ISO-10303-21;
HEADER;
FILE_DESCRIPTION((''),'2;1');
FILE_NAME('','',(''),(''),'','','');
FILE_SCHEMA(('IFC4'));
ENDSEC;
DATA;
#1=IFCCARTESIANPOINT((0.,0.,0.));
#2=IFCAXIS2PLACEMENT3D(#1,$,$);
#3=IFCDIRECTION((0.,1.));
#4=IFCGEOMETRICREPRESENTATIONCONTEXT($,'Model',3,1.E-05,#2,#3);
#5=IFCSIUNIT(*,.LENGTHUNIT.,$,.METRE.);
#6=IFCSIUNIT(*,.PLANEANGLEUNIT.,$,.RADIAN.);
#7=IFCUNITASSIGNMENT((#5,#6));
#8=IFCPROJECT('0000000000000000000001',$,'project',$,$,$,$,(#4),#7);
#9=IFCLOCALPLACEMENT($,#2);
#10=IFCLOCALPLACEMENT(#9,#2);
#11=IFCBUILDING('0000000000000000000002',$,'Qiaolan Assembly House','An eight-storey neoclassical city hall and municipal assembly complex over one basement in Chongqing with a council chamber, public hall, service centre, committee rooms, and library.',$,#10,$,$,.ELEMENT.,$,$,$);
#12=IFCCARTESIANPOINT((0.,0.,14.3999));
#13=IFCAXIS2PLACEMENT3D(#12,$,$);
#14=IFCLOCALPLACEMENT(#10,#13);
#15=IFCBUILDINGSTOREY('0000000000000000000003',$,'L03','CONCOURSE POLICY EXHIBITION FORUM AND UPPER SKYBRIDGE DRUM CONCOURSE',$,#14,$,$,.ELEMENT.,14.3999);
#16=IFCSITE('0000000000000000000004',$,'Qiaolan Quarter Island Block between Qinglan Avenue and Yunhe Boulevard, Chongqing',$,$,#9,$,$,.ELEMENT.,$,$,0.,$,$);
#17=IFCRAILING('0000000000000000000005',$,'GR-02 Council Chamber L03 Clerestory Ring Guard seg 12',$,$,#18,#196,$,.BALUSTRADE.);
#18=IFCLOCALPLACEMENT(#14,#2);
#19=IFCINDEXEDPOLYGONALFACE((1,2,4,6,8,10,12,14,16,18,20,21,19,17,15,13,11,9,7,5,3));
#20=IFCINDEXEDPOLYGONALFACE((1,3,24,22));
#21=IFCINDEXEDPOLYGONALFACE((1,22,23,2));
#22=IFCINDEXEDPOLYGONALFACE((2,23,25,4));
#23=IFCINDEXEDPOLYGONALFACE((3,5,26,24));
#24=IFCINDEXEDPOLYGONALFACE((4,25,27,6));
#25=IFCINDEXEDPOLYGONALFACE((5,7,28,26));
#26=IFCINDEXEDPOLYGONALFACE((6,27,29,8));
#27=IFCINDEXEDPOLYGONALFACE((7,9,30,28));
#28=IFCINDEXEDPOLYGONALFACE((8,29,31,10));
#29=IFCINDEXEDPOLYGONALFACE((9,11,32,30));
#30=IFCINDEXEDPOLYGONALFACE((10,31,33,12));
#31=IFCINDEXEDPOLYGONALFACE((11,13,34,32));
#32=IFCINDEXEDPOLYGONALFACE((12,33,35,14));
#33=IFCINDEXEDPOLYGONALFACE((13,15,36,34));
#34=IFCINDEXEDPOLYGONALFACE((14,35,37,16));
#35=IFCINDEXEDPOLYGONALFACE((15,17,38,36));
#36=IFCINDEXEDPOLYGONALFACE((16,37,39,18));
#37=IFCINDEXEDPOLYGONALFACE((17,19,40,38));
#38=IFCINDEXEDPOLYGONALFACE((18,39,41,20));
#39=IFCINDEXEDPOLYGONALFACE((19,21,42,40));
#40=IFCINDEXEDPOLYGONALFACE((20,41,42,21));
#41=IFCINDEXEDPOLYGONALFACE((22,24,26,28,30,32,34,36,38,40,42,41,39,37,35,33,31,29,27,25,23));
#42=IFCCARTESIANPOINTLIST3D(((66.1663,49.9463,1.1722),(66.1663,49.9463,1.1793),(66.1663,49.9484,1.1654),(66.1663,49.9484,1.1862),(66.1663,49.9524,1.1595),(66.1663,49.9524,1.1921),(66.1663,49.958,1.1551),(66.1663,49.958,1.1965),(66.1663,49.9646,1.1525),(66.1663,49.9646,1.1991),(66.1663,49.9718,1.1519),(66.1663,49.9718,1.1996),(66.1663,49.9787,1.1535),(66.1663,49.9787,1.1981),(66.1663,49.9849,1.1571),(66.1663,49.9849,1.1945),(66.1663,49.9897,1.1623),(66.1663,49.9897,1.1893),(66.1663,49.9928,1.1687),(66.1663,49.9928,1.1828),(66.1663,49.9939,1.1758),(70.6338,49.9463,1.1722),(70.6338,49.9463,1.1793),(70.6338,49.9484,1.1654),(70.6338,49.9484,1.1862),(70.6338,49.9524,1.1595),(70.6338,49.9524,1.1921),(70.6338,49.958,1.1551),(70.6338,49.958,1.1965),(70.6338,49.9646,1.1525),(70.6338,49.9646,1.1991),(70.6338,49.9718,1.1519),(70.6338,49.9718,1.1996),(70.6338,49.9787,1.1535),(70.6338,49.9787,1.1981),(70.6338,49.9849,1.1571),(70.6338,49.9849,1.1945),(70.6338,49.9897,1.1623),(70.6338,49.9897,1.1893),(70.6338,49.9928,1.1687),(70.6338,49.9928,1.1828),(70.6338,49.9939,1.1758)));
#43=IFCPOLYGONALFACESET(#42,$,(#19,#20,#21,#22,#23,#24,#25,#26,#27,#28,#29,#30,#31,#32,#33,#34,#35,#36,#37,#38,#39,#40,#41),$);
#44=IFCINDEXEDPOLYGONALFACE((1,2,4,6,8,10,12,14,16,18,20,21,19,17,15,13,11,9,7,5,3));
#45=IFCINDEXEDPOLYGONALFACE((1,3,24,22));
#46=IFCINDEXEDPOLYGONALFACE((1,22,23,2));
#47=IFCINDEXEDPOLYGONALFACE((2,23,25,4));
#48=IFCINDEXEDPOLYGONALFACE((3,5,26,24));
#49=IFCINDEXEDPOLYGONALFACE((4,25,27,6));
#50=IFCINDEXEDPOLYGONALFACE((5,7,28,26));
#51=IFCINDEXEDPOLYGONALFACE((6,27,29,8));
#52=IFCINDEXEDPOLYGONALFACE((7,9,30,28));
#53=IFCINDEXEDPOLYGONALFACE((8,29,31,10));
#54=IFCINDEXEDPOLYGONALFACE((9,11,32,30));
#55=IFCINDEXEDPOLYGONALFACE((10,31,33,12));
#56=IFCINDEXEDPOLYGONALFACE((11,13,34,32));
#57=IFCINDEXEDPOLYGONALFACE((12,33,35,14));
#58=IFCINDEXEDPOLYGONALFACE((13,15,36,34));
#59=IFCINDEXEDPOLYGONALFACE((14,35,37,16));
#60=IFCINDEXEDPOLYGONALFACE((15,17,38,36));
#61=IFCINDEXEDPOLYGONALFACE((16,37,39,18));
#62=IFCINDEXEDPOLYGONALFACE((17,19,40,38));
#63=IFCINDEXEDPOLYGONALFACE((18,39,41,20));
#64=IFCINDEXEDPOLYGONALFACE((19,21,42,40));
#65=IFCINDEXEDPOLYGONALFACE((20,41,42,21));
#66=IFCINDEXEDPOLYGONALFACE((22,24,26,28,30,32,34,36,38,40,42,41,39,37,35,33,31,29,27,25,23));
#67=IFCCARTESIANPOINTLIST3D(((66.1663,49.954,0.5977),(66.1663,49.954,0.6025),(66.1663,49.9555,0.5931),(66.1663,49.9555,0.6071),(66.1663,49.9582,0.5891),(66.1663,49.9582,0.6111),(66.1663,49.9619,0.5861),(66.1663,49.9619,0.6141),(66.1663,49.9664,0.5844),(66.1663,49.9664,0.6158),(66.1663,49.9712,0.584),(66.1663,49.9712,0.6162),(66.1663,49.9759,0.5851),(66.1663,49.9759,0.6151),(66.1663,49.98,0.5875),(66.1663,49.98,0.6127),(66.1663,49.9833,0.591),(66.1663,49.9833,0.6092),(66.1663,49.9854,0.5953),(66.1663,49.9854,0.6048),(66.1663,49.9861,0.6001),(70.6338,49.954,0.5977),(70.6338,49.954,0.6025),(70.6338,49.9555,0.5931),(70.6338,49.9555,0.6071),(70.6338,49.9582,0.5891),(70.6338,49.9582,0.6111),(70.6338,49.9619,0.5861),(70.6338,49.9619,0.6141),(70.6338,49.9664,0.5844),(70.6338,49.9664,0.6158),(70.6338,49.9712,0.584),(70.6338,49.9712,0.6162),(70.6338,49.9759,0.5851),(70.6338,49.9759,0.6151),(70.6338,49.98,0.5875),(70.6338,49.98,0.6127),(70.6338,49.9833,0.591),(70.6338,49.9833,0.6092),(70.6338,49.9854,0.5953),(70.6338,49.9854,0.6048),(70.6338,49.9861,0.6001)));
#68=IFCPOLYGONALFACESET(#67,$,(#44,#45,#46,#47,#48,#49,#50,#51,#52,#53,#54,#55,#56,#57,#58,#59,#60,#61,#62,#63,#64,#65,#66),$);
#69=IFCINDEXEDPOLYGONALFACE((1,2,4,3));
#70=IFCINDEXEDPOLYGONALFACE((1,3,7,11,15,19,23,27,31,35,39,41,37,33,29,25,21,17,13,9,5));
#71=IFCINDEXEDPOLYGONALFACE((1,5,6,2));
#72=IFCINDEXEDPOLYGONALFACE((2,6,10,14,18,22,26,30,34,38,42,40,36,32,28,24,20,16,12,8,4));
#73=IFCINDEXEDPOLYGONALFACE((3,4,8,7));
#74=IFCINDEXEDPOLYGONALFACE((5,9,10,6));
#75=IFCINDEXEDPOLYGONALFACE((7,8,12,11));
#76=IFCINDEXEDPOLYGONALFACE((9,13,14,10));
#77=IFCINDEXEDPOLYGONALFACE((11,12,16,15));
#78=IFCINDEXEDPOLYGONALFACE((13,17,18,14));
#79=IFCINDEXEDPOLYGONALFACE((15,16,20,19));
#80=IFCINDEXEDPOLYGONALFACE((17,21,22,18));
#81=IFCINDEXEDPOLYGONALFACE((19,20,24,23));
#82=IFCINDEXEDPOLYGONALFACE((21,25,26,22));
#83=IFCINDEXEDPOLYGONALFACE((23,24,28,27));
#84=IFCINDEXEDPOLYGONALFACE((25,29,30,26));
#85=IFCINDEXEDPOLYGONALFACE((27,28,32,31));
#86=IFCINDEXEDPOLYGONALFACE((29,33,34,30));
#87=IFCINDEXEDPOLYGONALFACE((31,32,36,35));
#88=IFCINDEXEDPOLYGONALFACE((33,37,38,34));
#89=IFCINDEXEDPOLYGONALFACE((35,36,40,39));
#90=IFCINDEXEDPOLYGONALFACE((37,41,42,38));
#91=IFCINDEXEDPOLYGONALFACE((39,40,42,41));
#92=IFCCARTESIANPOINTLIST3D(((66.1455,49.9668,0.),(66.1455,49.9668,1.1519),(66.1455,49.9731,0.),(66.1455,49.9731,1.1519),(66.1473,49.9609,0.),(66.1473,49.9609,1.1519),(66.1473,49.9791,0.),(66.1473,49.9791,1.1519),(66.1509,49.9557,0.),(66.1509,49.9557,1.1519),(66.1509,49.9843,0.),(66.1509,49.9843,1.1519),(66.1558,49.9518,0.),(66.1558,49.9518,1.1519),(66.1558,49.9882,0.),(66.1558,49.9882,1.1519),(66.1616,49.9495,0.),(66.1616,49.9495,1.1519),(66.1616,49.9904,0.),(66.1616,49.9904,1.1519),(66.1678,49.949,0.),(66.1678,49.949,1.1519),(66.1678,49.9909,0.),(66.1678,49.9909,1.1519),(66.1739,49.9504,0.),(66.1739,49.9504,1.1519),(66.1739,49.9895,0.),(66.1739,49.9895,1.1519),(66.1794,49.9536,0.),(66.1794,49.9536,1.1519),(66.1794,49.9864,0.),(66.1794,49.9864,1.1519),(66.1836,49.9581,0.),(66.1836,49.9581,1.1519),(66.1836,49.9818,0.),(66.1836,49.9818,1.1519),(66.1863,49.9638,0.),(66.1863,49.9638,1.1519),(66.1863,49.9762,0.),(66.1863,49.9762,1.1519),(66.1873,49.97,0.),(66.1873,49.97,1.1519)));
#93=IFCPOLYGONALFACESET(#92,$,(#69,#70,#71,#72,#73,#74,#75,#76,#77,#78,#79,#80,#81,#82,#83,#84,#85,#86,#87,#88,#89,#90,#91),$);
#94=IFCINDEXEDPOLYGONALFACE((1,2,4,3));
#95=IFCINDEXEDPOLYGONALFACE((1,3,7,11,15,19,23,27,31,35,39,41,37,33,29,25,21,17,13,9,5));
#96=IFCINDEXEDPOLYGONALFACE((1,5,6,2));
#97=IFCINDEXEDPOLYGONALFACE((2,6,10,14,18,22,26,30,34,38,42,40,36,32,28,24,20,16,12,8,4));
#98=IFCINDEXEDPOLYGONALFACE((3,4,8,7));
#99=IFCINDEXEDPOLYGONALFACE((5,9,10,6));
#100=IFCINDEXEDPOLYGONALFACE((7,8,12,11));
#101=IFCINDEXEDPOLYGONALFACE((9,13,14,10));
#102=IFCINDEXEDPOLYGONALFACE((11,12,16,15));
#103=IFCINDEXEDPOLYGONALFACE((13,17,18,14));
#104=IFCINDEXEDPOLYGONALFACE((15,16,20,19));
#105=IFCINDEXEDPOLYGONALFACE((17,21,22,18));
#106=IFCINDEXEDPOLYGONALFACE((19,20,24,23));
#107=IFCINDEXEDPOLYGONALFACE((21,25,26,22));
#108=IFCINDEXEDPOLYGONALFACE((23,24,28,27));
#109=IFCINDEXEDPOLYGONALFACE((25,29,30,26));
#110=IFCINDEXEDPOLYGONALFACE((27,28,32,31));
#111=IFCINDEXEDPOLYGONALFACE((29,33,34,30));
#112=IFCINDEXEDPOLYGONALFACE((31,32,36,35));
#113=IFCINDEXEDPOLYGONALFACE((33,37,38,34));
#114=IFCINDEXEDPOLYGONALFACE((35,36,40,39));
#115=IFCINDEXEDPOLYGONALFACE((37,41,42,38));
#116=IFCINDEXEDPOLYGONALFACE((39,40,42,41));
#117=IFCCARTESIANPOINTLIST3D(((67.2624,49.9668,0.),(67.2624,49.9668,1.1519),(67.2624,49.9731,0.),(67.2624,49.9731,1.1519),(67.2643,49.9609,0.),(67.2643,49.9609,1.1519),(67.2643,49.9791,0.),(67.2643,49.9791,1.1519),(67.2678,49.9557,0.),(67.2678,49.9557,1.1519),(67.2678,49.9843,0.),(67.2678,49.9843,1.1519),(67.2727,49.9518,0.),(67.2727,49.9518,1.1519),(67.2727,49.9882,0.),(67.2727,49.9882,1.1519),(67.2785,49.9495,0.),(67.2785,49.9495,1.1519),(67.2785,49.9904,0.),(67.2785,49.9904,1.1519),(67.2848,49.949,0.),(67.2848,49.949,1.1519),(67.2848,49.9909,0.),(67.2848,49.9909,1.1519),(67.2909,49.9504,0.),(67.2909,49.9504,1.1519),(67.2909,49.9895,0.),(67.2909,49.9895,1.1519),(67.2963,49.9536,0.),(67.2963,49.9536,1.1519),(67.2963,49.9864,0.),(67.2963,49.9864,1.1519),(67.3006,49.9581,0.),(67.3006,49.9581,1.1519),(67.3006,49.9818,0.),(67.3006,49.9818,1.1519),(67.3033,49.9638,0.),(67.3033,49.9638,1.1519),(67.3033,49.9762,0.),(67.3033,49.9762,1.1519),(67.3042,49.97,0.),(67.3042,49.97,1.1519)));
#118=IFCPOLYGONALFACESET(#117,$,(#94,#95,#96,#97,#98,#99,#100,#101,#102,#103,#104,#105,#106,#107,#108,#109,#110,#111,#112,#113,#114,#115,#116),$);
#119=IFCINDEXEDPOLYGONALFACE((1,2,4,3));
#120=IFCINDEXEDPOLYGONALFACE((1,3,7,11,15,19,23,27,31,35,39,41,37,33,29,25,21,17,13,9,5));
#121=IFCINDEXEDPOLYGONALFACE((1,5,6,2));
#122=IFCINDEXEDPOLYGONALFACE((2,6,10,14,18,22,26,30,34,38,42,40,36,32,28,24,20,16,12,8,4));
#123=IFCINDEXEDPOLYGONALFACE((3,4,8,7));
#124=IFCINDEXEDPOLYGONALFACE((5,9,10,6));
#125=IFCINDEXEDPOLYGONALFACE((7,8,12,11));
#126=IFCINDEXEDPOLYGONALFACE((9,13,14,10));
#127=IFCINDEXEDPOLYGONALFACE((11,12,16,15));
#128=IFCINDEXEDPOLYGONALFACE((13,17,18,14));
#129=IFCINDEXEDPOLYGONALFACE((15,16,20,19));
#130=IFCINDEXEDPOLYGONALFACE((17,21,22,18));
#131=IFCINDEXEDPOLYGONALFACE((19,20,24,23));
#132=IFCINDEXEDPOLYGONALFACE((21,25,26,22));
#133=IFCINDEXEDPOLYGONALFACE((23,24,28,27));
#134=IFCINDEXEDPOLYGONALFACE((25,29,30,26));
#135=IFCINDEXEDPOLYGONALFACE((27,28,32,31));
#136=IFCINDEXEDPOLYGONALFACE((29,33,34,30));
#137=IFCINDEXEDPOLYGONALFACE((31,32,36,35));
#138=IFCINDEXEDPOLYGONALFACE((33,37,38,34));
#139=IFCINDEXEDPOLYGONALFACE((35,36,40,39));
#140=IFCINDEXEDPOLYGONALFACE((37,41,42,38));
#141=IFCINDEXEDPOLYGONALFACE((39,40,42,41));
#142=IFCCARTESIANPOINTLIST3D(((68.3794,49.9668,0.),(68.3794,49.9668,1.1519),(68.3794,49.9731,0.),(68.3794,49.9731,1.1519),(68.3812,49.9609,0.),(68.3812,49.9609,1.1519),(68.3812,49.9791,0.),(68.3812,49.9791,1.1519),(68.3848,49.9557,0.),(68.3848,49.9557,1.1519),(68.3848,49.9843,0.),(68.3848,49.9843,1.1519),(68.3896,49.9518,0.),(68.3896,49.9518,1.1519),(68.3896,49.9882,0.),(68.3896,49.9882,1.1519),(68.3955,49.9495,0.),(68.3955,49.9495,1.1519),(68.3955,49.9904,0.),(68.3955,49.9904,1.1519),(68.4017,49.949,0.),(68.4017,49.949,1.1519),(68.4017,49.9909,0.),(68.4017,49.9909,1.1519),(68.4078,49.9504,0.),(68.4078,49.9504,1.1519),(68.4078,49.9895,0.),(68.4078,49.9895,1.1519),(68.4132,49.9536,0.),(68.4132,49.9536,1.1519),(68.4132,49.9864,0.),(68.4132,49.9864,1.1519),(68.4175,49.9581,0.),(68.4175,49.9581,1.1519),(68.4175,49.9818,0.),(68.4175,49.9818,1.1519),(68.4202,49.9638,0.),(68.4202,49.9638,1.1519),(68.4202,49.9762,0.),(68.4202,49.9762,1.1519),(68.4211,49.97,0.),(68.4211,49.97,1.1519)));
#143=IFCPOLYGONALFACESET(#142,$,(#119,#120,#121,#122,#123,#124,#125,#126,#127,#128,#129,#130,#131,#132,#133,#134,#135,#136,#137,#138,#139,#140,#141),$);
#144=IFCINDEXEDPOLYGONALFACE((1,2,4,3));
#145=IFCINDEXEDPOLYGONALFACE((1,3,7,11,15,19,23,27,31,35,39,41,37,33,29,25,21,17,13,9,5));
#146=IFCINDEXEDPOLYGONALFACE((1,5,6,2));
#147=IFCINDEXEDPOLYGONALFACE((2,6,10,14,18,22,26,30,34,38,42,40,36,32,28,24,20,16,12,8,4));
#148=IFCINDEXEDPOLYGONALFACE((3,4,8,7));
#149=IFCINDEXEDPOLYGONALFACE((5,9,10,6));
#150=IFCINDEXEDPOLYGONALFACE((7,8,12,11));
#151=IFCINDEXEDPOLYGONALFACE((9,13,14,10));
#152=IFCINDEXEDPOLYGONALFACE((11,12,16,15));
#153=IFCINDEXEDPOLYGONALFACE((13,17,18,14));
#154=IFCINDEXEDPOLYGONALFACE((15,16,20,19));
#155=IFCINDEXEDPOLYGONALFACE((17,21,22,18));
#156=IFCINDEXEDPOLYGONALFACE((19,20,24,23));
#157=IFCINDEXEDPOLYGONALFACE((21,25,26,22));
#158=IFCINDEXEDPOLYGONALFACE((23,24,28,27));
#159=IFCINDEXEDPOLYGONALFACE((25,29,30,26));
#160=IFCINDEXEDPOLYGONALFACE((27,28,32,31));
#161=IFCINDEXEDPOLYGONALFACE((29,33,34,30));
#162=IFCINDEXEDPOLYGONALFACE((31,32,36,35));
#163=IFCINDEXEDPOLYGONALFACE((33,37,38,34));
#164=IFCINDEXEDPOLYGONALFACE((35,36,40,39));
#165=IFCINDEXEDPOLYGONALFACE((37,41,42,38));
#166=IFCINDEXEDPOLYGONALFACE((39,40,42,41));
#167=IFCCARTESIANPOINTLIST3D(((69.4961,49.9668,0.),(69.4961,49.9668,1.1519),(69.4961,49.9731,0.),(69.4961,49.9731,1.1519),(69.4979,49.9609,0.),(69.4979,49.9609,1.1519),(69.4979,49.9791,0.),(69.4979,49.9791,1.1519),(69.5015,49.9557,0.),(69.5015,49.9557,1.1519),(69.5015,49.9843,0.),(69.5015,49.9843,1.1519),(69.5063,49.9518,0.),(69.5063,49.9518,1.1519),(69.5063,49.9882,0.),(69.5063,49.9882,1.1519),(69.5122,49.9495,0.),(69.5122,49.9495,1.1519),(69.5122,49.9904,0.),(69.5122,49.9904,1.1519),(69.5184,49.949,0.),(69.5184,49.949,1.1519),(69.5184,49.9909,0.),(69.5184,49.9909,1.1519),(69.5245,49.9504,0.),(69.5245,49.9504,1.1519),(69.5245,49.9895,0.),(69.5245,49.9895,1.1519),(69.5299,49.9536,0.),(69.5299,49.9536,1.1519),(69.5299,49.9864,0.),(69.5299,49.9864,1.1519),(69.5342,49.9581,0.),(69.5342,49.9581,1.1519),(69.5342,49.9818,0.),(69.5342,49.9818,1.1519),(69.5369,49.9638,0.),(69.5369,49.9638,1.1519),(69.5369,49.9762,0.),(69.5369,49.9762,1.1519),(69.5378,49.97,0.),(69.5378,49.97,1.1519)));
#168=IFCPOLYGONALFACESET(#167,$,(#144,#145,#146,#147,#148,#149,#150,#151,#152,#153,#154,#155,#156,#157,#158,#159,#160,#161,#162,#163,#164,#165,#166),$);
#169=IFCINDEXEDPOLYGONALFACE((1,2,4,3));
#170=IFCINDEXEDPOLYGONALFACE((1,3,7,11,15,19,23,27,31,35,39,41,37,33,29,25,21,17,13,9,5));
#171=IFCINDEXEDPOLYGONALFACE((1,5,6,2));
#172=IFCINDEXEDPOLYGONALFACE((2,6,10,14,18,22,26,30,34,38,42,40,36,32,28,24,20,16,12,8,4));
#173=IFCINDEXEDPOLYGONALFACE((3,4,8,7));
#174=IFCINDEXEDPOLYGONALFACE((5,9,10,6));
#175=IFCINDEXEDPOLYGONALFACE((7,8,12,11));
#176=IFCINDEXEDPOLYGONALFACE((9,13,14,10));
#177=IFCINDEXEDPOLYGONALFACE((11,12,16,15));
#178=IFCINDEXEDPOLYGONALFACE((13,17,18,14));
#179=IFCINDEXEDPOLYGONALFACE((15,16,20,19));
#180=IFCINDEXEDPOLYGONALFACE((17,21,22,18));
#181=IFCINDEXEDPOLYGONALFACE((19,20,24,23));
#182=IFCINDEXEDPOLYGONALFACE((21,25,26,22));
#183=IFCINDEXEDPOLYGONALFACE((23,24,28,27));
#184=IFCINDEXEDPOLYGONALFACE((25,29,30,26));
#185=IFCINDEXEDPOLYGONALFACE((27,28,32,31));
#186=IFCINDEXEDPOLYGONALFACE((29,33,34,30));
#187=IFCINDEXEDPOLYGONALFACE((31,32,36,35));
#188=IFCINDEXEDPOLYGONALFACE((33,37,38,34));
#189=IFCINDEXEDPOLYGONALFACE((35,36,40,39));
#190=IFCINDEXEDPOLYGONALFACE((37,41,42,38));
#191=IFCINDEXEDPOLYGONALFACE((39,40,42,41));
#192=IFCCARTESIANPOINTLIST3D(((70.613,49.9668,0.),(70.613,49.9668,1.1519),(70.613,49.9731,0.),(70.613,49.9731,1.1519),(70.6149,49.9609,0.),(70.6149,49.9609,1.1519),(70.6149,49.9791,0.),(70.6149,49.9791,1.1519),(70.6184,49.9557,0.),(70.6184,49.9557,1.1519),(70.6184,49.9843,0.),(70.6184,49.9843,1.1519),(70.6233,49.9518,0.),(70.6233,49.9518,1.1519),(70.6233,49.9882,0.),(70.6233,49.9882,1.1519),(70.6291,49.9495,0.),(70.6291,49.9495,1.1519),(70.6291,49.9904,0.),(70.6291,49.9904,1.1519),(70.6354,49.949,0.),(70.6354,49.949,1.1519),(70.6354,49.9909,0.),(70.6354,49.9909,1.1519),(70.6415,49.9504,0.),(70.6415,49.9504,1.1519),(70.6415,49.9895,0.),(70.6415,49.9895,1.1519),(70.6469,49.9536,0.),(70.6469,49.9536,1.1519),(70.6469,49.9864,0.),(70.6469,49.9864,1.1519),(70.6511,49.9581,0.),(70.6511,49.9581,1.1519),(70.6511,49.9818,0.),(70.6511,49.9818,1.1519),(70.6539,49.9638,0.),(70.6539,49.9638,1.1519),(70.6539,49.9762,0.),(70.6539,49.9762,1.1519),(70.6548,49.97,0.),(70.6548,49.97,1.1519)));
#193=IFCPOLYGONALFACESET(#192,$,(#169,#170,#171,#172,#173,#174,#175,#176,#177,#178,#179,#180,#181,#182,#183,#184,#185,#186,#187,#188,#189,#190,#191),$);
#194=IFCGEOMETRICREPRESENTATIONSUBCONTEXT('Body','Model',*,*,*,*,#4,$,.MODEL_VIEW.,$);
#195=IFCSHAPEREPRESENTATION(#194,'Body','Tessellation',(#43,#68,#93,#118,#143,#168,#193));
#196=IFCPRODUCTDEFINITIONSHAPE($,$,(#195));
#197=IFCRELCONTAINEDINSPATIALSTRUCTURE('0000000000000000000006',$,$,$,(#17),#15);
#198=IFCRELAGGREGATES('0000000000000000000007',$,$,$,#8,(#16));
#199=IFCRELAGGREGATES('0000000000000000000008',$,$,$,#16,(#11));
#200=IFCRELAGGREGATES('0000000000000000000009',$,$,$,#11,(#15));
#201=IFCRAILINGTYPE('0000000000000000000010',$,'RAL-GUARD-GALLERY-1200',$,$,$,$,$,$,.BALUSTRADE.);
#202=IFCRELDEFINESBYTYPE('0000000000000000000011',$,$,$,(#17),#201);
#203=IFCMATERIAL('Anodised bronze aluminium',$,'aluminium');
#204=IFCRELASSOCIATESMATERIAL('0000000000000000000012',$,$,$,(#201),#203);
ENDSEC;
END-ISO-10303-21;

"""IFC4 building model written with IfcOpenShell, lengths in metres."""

from ifc_helpers import new_model, si_unit, direction, frame, origin, origin_2d, place, context, subcontext, project, spatial, circle, extrude, material, type_object, element, save


model = new_model("IFC4")

# Units and contexts
model_context = context("Model", 3, precision=1e-05, world=origin(), true_north=direction((0.0, 1.0)))
body_context = subcontext(model_context, "Body", "Model", "MODEL_VIEW")
ifc_project = project(units=[si_unit("LENGTHUNIT", "METRE"), si_unit("PLANEANGLEUNIT", "RADIAN")], contexts=[model_context])

# Site, building, storey
site_placement = place(None, origin())
site = spatial("IfcSite", under=ifc_project, at=site_placement, Name="Qiaolan Quarter Island Block between Qinglan Avenue and Yunhe Boulevard, Chongqing", CompositionType="ELEMENT", RefElevation=0.0)
building_placement = place(site_placement, origin())
building = spatial("IfcBuilding", under=site, at=building_placement, Name="Qiaolan Assembly House", Description="An eight-storey neoclassical city hall and municipal assembly complex over one basement in Chongqing with a council chamber, public hall, service centre, committee rooms, and library.", CompositionType="ELEMENT")
storey_placement = place(building_placement, frame((0.0, 0.0, 14.3999)))
storey = spatial("IfcBuildingStorey", under=building, at=storey_placement, Name="L03", Description="CONCOURSE POLICY EXHIBITION FORUM AND UPPER SKYBRIDGE DRUM CONCOURSE", CompositionType="ELEMENT", Elevation=14.3999)

# Shared definitions
ifc_material_1 = material(Name="Anodised bronze aluminium", Category="aluminium")

# Railing
railing_type = type_object("IfcRailingType", Name="RAL-GUARD-GALLERY-1200", PredefinedType="BALUSTRADE", material=ifc_material_1)
railing_placement = place(storey_placement, frame((66.1663, 49.97, 0.0)))
element("IfcRailing", 1, at=railing_placement, inside=storey, type_object=railing_type, Name="GR-02 Council Chamber L03 Clerestory Ring Guard seg 12", PredefinedType="BALUSTRADE", context=body_context, shape_type="SweptSolid", body=[
    extrude(circle(Radius=0.0239, at=origin_2d()), frame((0.0, 0.0, 1.1758), z_axis=(1.0, 0.0, 0.0), x_axis=(0.0, 1.0, 0.0)), (0.0, 0.0, 1.0), 4.4675),
    extrude(circle(Radius=0.0161, at=origin_2d()), frame((0.0, 0.0, 0.6001), z_axis=(1.0, 0.0, 0.0), x_axis=(0.0, 1.0, 0.0)), (0.0, 0.0, 1.0), 4.4675),
    extrude(circle(Radius=0.021, at=origin_2d()), origin(), (0.0, 0.0, 1.0), 1.1519),
    extrude(circle(Radius=0.021, at=origin_2d()), frame((1.1169, 0.0, 0.0)), (0.0, 0.0, 1.0), 1.1519),
    extrude(circle(Radius=0.021, at=origin_2d()), frame((2.2339, 0.0, 0.0)), (0.0, 0.0, 1.0), 1.1519),
    extrude(circle(Radius=0.021, at=origin_2d()), frame((3.3506, 0.0, 0.0)), (0.0, 0.0, 1.0), 1.1519),
    extrude(circle(Radius=0.021, at=origin_2d()), frame((4.4675, 0.0, 0.0)), (0.0, 0.0, 1.0), 1.1519),
])

save(model, "model.ifc")
